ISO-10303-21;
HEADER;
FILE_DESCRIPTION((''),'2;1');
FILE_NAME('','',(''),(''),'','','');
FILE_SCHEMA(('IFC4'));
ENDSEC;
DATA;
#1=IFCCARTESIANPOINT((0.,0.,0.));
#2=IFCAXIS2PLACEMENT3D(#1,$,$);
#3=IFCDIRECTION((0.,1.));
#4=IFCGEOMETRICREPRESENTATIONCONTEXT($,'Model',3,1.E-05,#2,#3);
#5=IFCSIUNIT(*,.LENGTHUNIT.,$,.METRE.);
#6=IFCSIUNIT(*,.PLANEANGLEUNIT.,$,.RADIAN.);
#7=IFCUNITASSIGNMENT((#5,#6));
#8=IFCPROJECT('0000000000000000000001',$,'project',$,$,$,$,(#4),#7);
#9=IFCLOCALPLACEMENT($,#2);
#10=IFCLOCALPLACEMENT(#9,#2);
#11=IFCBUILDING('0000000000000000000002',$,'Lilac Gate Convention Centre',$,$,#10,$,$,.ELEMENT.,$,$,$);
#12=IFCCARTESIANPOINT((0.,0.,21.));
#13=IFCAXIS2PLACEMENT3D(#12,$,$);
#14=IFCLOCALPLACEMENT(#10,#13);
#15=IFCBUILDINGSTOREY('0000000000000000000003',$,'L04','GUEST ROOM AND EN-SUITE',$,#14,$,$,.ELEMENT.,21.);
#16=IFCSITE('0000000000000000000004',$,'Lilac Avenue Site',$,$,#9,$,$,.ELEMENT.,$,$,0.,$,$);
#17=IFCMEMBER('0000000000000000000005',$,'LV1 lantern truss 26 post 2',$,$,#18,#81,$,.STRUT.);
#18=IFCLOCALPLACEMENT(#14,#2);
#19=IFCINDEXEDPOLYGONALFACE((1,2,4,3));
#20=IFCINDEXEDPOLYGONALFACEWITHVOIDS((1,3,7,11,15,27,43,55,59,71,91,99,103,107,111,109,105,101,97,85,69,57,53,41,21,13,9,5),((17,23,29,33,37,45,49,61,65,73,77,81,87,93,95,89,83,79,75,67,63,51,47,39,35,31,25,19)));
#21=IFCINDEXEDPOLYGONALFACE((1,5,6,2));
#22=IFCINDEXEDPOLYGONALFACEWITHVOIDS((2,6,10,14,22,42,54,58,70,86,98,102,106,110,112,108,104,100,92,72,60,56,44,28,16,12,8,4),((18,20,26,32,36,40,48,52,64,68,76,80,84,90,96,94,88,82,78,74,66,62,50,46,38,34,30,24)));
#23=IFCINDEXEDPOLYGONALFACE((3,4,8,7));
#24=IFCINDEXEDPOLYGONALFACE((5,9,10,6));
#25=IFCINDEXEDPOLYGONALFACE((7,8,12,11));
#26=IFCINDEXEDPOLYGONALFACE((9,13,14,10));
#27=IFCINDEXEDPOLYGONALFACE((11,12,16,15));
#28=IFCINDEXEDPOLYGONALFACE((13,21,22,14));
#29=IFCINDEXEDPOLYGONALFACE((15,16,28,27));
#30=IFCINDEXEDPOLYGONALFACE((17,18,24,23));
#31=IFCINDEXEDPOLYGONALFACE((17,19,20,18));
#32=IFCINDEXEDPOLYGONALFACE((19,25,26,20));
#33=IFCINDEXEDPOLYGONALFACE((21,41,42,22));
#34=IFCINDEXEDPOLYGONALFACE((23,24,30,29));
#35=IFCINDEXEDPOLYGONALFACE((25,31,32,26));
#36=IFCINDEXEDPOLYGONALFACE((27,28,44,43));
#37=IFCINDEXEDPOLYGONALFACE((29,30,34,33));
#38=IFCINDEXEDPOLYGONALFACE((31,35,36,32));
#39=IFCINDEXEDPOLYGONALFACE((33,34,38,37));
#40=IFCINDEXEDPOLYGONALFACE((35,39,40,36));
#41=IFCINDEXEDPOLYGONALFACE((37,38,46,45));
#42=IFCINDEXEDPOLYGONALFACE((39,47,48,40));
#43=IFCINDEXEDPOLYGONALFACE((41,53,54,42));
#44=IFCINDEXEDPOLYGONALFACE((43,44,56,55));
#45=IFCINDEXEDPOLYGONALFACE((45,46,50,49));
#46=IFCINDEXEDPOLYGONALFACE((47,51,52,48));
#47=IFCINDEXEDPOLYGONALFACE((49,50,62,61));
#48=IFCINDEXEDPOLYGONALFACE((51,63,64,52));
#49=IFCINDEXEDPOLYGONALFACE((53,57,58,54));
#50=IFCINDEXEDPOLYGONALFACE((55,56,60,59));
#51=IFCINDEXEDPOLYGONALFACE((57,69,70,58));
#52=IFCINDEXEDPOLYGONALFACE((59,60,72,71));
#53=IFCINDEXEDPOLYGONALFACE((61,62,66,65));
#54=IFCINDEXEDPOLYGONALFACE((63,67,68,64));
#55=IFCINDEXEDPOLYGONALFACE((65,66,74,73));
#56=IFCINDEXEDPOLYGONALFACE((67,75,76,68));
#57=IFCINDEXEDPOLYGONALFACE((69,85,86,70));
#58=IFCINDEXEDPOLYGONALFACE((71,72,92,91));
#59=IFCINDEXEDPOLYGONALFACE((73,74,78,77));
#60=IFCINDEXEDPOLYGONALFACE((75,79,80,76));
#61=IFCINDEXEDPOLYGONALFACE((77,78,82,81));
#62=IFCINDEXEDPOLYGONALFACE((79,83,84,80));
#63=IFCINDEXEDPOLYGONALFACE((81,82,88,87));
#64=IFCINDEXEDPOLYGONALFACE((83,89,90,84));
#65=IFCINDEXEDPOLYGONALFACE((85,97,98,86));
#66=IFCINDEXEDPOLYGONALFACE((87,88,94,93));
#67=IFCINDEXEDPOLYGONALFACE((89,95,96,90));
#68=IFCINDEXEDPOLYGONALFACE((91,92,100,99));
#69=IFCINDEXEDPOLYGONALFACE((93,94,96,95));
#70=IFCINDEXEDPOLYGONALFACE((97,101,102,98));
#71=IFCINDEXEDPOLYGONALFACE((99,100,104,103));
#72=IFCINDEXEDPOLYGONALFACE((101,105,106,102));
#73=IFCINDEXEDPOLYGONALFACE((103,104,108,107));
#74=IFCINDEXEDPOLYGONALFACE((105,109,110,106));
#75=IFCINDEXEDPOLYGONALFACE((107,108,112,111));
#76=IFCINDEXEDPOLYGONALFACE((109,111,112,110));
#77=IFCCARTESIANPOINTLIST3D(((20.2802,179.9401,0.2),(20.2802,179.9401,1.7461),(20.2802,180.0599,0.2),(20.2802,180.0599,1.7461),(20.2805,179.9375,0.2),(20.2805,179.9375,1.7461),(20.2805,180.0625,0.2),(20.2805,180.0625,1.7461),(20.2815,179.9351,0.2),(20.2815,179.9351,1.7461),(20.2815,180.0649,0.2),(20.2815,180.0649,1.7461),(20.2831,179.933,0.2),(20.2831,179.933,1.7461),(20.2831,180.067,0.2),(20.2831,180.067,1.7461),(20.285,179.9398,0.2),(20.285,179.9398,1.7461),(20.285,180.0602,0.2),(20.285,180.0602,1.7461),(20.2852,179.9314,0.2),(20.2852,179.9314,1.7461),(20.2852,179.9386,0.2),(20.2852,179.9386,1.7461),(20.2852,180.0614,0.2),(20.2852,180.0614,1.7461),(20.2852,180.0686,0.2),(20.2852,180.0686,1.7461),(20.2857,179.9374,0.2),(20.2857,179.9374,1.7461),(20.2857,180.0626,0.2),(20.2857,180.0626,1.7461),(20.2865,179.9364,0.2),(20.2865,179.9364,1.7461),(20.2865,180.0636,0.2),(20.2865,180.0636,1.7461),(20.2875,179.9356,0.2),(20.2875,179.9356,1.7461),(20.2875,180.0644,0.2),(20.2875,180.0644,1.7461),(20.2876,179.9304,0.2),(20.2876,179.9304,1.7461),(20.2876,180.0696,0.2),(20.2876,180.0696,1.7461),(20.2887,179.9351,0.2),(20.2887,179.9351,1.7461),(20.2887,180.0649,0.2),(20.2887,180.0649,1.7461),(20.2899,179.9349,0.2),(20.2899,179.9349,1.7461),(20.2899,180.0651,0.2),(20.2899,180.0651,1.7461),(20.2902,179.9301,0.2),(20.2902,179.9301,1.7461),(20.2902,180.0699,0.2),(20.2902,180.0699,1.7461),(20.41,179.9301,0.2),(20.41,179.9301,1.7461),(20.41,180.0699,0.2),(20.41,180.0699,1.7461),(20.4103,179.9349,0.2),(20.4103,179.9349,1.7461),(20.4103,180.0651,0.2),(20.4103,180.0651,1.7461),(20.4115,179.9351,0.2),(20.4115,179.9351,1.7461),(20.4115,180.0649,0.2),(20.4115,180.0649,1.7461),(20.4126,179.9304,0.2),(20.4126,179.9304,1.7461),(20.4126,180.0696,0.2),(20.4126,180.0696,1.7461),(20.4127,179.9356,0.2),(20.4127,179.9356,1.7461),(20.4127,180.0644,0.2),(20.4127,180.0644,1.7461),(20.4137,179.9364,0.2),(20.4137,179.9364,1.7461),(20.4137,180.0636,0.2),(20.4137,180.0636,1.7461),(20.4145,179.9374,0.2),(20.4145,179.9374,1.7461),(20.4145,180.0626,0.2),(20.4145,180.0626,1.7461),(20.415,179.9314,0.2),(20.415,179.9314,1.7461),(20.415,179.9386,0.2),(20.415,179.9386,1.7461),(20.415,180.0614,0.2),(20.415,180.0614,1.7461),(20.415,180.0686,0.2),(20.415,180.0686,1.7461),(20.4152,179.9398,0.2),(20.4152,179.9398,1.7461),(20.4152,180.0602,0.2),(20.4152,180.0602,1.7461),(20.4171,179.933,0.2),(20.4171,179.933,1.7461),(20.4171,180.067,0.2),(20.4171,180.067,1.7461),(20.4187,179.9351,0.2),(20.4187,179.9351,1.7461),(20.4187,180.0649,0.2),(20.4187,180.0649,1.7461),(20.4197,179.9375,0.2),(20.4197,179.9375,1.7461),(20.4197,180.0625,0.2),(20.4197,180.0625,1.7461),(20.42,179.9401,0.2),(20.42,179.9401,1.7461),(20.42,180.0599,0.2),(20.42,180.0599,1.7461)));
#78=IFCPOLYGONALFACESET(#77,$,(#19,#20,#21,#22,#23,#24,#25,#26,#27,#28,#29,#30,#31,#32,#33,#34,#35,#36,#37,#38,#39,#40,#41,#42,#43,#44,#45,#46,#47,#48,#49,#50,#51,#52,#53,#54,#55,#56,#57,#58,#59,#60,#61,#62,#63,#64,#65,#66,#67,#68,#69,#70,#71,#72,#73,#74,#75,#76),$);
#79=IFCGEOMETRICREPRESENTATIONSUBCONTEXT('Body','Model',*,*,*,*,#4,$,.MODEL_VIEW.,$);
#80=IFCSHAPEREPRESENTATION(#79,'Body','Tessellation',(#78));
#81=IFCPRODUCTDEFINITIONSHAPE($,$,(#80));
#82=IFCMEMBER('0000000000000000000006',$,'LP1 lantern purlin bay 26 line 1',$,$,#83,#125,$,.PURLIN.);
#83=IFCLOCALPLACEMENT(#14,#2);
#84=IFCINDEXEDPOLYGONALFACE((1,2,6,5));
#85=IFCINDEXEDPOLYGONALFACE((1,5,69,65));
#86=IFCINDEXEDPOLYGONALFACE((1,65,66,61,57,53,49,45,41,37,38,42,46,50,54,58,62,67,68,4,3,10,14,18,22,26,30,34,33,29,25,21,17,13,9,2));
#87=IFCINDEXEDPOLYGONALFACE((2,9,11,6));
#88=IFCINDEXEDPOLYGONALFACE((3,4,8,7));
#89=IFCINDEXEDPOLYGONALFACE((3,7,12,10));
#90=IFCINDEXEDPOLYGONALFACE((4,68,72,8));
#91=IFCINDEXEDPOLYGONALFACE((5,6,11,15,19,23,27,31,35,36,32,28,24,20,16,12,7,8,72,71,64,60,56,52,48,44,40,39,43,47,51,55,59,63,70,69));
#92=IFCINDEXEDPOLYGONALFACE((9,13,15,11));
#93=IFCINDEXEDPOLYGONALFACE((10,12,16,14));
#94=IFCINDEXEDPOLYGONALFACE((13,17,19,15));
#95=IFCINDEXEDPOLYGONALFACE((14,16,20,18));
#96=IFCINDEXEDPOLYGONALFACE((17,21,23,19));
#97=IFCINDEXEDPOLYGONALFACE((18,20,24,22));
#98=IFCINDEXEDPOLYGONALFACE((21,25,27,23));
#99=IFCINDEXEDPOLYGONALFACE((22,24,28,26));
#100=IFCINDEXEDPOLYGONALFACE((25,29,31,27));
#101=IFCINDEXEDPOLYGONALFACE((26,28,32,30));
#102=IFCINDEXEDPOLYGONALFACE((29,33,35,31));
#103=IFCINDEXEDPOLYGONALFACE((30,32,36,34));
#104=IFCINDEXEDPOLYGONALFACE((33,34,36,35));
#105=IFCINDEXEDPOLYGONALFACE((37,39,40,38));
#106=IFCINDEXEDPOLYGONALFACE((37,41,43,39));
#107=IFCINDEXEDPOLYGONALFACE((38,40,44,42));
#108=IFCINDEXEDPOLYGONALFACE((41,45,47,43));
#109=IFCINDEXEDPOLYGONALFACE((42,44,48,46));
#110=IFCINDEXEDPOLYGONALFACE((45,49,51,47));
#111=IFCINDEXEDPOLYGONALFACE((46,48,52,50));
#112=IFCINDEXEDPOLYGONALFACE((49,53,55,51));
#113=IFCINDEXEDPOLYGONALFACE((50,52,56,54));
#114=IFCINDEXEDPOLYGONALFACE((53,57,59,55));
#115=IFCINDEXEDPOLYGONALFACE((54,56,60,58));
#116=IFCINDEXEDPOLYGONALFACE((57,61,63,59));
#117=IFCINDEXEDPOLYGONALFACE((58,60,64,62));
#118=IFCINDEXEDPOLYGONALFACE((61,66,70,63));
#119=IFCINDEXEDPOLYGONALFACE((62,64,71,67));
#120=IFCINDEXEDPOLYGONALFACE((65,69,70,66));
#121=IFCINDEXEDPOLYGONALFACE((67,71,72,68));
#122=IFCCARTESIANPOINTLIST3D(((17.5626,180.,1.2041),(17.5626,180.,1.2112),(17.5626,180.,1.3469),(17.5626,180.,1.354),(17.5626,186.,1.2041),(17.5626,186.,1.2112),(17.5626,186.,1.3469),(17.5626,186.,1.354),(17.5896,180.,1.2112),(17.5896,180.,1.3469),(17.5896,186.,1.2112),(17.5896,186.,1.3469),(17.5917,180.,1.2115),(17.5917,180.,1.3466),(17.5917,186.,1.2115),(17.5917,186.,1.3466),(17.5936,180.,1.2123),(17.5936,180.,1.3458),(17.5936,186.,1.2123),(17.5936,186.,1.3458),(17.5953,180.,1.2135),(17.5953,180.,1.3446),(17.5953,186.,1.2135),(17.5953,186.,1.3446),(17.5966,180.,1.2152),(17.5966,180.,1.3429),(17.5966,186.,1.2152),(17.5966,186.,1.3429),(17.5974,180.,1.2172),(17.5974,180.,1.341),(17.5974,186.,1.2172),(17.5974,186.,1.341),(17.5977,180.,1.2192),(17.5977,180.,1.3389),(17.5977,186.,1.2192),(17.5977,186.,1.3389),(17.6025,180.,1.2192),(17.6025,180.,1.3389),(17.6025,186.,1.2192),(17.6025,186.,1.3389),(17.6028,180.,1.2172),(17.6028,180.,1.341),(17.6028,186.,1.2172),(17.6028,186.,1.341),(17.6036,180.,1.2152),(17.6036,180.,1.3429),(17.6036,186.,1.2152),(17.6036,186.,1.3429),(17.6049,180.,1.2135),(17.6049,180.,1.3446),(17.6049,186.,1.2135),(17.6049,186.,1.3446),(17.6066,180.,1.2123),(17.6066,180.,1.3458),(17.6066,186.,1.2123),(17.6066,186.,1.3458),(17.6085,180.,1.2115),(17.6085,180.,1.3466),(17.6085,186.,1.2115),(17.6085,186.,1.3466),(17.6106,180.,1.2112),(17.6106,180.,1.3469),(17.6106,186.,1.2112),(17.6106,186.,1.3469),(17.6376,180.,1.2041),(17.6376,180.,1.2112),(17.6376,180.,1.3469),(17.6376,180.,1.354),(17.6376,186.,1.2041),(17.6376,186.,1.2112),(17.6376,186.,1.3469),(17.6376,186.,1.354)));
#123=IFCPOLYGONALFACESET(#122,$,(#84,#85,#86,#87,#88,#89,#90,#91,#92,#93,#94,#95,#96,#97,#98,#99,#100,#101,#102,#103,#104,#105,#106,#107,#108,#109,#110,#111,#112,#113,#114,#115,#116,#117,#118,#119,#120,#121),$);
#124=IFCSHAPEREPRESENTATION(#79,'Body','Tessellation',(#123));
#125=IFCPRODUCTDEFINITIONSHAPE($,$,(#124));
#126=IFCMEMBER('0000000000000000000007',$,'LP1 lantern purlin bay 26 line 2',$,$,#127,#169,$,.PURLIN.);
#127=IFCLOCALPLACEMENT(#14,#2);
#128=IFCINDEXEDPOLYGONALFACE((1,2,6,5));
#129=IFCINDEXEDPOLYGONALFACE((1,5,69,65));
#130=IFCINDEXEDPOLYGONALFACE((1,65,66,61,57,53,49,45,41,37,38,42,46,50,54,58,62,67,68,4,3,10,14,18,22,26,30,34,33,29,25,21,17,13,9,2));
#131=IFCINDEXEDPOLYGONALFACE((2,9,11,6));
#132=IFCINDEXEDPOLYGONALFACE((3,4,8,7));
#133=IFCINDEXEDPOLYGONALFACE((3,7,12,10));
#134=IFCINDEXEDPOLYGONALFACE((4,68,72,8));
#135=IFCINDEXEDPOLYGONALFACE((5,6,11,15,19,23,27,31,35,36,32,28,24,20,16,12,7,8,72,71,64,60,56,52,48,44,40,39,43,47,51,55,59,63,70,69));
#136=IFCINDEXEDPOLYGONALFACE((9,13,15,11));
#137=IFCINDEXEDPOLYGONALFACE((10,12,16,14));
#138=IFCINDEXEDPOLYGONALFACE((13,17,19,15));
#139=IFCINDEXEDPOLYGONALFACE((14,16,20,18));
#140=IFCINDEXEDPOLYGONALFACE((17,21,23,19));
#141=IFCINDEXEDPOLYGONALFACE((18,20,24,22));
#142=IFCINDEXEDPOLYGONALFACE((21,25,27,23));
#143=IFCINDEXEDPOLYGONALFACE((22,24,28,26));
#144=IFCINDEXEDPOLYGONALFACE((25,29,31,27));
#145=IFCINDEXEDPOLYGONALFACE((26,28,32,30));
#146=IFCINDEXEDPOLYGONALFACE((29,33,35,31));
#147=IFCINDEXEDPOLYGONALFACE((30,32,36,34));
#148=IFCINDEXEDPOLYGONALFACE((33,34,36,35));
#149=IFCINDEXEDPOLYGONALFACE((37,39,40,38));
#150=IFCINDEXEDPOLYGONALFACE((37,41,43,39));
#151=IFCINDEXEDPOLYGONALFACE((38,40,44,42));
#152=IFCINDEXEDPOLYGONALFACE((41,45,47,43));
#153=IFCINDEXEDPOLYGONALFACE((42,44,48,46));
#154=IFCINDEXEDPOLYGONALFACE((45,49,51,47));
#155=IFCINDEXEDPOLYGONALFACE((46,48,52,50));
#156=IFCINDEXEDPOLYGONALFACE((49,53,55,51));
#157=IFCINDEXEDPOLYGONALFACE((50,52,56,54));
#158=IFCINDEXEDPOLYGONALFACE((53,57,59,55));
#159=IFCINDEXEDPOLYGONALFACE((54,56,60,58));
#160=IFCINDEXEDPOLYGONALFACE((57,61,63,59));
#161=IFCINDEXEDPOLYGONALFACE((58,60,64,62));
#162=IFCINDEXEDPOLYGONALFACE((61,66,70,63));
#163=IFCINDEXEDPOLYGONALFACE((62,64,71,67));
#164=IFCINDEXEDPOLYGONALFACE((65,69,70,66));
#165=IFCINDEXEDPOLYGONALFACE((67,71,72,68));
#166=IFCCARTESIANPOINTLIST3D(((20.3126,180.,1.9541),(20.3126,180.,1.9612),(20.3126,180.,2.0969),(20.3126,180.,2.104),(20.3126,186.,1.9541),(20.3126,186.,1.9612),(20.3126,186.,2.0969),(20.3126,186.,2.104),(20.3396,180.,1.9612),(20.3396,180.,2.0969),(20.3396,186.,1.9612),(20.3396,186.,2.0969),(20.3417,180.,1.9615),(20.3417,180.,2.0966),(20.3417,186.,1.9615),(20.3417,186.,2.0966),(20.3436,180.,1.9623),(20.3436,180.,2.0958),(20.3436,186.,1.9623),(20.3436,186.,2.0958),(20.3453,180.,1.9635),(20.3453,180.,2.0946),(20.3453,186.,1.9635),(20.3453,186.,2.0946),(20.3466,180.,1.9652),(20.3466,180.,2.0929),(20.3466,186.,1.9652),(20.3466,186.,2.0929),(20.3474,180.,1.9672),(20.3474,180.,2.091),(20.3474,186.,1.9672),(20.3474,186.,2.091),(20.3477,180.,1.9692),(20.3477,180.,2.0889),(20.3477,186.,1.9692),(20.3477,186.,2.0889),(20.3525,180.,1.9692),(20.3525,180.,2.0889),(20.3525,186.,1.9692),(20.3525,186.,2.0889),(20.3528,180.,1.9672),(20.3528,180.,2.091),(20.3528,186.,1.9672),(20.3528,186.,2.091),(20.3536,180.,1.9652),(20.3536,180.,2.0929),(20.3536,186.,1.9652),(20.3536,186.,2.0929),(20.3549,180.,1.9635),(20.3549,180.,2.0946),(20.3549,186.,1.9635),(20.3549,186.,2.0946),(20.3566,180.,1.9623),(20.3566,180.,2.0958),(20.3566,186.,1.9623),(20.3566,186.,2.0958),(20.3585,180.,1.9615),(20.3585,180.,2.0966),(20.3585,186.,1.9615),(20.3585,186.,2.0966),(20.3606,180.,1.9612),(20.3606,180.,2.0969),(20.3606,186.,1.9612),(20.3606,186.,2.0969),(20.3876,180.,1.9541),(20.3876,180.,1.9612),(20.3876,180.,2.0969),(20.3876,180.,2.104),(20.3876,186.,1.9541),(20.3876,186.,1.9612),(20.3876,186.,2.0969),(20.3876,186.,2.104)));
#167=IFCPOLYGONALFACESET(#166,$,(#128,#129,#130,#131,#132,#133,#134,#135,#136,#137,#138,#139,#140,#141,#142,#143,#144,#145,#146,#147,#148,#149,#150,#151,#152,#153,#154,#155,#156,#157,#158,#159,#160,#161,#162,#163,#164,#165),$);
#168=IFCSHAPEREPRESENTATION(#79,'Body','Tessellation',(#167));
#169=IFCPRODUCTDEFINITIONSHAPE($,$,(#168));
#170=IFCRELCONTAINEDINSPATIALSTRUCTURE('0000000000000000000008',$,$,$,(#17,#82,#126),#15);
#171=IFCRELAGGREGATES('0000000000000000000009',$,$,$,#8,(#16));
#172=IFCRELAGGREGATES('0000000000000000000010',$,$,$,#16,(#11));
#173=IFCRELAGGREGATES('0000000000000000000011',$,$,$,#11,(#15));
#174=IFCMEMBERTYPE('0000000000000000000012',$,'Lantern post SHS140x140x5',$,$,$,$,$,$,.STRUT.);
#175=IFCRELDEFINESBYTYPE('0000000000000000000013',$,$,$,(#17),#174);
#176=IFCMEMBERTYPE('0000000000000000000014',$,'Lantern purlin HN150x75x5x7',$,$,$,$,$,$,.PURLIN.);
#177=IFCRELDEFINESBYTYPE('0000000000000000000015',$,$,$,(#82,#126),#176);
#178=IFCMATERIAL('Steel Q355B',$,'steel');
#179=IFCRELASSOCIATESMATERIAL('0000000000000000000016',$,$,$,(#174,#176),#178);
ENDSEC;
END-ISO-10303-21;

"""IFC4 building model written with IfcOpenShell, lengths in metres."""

from ifc_helpers import new_model, si_unit, direction, frame, origin, origin_2d, place, context, subcontext, project, spatial, hollow_rectangle, i_section, extrude, material, material_profile, profile_set, type_object, element, save


model = new_model("IFC4")

# Units and contexts
model_context = context("Model", 3, precision=1e-05, world=origin(), true_north=direction((0.0, 1.0)))
body_context = subcontext(model_context, "Body", "Model", "MODEL_VIEW")
ifc_project = project(units=[si_unit("LENGTHUNIT", "METRE"), si_unit("PLANEANGLEUNIT", "RADIAN")], contexts=[model_context])

# Site, building, storey
site_placement = place(None, origin())
site = spatial("IfcSite", under=ifc_project, at=site_placement, Name="Lilac Avenue Site", CompositionType="ELEMENT", RefElevation=0.0)
building_placement = place(site_placement, origin())
building = spatial("IfcBuilding", under=site, at=building_placement, Name="Lilac Gate Convention Centre", CompositionType="ELEMENT")
storey_placement = place(building_placement, frame((0.0, 0.0, 21.0)))
storey = spatial("IfcBuildingStorey", under=building, at=storey_placement, Name="L04", Description="GUEST ROOM AND EN-SUITE", CompositionType="ELEMENT", Elevation=21.0)

# Members
ifc_material_1 = material(Name="Steel Q355B", Category="steel")
ifc_material_profile_1 = material_profile(ifc_material_1, hollow_rectangle(XDim=0.1399, YDim=0.1399, WallThickness=0.0049, InnerFilletRadius=0.0049, OuterFilletRadius=0.01, at=origin_2d()), Name="SHS140x140x5")
ifc_profile_set_1 = profile_set([ifc_material_profile_1], Name="Steel Q355B")
member_type_1 = type_object("IfcMemberType", Name="Lantern post SHS140x140x5", PredefinedType="STRUT", material=ifc_profile_set_1)
member_1_placement = place(storey_placement, frame((20.3501, 180.0, 0.2), z_axis=(0.0, 0.0, 1.0), x_axis=(1.0, 0.0, 0.0)))
element("IfcMember", 1, at=member_1_placement, inside=storey, type_object=member_type_1, Name="LV1 lantern truss 26 post 2", PredefinedType="STRUT", context=body_context, shape_type="SweptSolid", body=[
    extrude(hollow_rectangle(XDim=0.1399, YDim=0.1399, WallThickness=0.0049, InnerFilletRadius=0.0049, OuterFilletRadius=0.01, at=origin_2d()), origin(), (0.0, 0.0, 1.0), 1.5461),
])
ifc_material_profile_2 = material_profile(ifc_material_1, i_section(OverallWidth=0.075, OverallDepth=0.1499, WebThickness=0.0049, FlangeThickness=0.0071, FilletRadius=0.0081, at=origin_2d()), Name="HN150x75x5x7")
ifc_profile_set_2 = profile_set([ifc_material_profile_2], Name="Steel Q355B")
member_type_2 = type_object("IfcMemberType", Name="Lantern purlin HN150x75x5x7", PredefinedType="PURLIN", material=ifc_profile_set_2)
for number, where, z_axis, x_axis, name in (
    (2, (17.6001, 180.0, 1.2791), (0.0, 1.0, 0.0), (-1.0, 0.0, 0.0), "LP1 lantern purlin bay 26 line 1"),
    (3, (20.3501, 180.0, 2.0291), (0.0, 1.0, 0.0), (-1.0, 0.0, 0.0), "LP1 lantern purlin bay 26 line 2"),
):
    element("IfcMember", number, at=place(storey_placement, frame(where, z_axis=z_axis, x_axis=x_axis)), inside=storey, type_object=member_type_2, Name=name, PredefinedType="PURLIN", context=body_context, shape_type="SweptSolid", body=[
        extrude(i_section(OverallWidth=0.075, OverallDepth=0.1499, WebThickness=0.0049, FlangeThickness=0.0071, FilletRadius=0.0081, at=origin_2d()), origin(), (0.0, 0.0, 1.0), 6.0),
    ])

save(model, "model.ifc")
